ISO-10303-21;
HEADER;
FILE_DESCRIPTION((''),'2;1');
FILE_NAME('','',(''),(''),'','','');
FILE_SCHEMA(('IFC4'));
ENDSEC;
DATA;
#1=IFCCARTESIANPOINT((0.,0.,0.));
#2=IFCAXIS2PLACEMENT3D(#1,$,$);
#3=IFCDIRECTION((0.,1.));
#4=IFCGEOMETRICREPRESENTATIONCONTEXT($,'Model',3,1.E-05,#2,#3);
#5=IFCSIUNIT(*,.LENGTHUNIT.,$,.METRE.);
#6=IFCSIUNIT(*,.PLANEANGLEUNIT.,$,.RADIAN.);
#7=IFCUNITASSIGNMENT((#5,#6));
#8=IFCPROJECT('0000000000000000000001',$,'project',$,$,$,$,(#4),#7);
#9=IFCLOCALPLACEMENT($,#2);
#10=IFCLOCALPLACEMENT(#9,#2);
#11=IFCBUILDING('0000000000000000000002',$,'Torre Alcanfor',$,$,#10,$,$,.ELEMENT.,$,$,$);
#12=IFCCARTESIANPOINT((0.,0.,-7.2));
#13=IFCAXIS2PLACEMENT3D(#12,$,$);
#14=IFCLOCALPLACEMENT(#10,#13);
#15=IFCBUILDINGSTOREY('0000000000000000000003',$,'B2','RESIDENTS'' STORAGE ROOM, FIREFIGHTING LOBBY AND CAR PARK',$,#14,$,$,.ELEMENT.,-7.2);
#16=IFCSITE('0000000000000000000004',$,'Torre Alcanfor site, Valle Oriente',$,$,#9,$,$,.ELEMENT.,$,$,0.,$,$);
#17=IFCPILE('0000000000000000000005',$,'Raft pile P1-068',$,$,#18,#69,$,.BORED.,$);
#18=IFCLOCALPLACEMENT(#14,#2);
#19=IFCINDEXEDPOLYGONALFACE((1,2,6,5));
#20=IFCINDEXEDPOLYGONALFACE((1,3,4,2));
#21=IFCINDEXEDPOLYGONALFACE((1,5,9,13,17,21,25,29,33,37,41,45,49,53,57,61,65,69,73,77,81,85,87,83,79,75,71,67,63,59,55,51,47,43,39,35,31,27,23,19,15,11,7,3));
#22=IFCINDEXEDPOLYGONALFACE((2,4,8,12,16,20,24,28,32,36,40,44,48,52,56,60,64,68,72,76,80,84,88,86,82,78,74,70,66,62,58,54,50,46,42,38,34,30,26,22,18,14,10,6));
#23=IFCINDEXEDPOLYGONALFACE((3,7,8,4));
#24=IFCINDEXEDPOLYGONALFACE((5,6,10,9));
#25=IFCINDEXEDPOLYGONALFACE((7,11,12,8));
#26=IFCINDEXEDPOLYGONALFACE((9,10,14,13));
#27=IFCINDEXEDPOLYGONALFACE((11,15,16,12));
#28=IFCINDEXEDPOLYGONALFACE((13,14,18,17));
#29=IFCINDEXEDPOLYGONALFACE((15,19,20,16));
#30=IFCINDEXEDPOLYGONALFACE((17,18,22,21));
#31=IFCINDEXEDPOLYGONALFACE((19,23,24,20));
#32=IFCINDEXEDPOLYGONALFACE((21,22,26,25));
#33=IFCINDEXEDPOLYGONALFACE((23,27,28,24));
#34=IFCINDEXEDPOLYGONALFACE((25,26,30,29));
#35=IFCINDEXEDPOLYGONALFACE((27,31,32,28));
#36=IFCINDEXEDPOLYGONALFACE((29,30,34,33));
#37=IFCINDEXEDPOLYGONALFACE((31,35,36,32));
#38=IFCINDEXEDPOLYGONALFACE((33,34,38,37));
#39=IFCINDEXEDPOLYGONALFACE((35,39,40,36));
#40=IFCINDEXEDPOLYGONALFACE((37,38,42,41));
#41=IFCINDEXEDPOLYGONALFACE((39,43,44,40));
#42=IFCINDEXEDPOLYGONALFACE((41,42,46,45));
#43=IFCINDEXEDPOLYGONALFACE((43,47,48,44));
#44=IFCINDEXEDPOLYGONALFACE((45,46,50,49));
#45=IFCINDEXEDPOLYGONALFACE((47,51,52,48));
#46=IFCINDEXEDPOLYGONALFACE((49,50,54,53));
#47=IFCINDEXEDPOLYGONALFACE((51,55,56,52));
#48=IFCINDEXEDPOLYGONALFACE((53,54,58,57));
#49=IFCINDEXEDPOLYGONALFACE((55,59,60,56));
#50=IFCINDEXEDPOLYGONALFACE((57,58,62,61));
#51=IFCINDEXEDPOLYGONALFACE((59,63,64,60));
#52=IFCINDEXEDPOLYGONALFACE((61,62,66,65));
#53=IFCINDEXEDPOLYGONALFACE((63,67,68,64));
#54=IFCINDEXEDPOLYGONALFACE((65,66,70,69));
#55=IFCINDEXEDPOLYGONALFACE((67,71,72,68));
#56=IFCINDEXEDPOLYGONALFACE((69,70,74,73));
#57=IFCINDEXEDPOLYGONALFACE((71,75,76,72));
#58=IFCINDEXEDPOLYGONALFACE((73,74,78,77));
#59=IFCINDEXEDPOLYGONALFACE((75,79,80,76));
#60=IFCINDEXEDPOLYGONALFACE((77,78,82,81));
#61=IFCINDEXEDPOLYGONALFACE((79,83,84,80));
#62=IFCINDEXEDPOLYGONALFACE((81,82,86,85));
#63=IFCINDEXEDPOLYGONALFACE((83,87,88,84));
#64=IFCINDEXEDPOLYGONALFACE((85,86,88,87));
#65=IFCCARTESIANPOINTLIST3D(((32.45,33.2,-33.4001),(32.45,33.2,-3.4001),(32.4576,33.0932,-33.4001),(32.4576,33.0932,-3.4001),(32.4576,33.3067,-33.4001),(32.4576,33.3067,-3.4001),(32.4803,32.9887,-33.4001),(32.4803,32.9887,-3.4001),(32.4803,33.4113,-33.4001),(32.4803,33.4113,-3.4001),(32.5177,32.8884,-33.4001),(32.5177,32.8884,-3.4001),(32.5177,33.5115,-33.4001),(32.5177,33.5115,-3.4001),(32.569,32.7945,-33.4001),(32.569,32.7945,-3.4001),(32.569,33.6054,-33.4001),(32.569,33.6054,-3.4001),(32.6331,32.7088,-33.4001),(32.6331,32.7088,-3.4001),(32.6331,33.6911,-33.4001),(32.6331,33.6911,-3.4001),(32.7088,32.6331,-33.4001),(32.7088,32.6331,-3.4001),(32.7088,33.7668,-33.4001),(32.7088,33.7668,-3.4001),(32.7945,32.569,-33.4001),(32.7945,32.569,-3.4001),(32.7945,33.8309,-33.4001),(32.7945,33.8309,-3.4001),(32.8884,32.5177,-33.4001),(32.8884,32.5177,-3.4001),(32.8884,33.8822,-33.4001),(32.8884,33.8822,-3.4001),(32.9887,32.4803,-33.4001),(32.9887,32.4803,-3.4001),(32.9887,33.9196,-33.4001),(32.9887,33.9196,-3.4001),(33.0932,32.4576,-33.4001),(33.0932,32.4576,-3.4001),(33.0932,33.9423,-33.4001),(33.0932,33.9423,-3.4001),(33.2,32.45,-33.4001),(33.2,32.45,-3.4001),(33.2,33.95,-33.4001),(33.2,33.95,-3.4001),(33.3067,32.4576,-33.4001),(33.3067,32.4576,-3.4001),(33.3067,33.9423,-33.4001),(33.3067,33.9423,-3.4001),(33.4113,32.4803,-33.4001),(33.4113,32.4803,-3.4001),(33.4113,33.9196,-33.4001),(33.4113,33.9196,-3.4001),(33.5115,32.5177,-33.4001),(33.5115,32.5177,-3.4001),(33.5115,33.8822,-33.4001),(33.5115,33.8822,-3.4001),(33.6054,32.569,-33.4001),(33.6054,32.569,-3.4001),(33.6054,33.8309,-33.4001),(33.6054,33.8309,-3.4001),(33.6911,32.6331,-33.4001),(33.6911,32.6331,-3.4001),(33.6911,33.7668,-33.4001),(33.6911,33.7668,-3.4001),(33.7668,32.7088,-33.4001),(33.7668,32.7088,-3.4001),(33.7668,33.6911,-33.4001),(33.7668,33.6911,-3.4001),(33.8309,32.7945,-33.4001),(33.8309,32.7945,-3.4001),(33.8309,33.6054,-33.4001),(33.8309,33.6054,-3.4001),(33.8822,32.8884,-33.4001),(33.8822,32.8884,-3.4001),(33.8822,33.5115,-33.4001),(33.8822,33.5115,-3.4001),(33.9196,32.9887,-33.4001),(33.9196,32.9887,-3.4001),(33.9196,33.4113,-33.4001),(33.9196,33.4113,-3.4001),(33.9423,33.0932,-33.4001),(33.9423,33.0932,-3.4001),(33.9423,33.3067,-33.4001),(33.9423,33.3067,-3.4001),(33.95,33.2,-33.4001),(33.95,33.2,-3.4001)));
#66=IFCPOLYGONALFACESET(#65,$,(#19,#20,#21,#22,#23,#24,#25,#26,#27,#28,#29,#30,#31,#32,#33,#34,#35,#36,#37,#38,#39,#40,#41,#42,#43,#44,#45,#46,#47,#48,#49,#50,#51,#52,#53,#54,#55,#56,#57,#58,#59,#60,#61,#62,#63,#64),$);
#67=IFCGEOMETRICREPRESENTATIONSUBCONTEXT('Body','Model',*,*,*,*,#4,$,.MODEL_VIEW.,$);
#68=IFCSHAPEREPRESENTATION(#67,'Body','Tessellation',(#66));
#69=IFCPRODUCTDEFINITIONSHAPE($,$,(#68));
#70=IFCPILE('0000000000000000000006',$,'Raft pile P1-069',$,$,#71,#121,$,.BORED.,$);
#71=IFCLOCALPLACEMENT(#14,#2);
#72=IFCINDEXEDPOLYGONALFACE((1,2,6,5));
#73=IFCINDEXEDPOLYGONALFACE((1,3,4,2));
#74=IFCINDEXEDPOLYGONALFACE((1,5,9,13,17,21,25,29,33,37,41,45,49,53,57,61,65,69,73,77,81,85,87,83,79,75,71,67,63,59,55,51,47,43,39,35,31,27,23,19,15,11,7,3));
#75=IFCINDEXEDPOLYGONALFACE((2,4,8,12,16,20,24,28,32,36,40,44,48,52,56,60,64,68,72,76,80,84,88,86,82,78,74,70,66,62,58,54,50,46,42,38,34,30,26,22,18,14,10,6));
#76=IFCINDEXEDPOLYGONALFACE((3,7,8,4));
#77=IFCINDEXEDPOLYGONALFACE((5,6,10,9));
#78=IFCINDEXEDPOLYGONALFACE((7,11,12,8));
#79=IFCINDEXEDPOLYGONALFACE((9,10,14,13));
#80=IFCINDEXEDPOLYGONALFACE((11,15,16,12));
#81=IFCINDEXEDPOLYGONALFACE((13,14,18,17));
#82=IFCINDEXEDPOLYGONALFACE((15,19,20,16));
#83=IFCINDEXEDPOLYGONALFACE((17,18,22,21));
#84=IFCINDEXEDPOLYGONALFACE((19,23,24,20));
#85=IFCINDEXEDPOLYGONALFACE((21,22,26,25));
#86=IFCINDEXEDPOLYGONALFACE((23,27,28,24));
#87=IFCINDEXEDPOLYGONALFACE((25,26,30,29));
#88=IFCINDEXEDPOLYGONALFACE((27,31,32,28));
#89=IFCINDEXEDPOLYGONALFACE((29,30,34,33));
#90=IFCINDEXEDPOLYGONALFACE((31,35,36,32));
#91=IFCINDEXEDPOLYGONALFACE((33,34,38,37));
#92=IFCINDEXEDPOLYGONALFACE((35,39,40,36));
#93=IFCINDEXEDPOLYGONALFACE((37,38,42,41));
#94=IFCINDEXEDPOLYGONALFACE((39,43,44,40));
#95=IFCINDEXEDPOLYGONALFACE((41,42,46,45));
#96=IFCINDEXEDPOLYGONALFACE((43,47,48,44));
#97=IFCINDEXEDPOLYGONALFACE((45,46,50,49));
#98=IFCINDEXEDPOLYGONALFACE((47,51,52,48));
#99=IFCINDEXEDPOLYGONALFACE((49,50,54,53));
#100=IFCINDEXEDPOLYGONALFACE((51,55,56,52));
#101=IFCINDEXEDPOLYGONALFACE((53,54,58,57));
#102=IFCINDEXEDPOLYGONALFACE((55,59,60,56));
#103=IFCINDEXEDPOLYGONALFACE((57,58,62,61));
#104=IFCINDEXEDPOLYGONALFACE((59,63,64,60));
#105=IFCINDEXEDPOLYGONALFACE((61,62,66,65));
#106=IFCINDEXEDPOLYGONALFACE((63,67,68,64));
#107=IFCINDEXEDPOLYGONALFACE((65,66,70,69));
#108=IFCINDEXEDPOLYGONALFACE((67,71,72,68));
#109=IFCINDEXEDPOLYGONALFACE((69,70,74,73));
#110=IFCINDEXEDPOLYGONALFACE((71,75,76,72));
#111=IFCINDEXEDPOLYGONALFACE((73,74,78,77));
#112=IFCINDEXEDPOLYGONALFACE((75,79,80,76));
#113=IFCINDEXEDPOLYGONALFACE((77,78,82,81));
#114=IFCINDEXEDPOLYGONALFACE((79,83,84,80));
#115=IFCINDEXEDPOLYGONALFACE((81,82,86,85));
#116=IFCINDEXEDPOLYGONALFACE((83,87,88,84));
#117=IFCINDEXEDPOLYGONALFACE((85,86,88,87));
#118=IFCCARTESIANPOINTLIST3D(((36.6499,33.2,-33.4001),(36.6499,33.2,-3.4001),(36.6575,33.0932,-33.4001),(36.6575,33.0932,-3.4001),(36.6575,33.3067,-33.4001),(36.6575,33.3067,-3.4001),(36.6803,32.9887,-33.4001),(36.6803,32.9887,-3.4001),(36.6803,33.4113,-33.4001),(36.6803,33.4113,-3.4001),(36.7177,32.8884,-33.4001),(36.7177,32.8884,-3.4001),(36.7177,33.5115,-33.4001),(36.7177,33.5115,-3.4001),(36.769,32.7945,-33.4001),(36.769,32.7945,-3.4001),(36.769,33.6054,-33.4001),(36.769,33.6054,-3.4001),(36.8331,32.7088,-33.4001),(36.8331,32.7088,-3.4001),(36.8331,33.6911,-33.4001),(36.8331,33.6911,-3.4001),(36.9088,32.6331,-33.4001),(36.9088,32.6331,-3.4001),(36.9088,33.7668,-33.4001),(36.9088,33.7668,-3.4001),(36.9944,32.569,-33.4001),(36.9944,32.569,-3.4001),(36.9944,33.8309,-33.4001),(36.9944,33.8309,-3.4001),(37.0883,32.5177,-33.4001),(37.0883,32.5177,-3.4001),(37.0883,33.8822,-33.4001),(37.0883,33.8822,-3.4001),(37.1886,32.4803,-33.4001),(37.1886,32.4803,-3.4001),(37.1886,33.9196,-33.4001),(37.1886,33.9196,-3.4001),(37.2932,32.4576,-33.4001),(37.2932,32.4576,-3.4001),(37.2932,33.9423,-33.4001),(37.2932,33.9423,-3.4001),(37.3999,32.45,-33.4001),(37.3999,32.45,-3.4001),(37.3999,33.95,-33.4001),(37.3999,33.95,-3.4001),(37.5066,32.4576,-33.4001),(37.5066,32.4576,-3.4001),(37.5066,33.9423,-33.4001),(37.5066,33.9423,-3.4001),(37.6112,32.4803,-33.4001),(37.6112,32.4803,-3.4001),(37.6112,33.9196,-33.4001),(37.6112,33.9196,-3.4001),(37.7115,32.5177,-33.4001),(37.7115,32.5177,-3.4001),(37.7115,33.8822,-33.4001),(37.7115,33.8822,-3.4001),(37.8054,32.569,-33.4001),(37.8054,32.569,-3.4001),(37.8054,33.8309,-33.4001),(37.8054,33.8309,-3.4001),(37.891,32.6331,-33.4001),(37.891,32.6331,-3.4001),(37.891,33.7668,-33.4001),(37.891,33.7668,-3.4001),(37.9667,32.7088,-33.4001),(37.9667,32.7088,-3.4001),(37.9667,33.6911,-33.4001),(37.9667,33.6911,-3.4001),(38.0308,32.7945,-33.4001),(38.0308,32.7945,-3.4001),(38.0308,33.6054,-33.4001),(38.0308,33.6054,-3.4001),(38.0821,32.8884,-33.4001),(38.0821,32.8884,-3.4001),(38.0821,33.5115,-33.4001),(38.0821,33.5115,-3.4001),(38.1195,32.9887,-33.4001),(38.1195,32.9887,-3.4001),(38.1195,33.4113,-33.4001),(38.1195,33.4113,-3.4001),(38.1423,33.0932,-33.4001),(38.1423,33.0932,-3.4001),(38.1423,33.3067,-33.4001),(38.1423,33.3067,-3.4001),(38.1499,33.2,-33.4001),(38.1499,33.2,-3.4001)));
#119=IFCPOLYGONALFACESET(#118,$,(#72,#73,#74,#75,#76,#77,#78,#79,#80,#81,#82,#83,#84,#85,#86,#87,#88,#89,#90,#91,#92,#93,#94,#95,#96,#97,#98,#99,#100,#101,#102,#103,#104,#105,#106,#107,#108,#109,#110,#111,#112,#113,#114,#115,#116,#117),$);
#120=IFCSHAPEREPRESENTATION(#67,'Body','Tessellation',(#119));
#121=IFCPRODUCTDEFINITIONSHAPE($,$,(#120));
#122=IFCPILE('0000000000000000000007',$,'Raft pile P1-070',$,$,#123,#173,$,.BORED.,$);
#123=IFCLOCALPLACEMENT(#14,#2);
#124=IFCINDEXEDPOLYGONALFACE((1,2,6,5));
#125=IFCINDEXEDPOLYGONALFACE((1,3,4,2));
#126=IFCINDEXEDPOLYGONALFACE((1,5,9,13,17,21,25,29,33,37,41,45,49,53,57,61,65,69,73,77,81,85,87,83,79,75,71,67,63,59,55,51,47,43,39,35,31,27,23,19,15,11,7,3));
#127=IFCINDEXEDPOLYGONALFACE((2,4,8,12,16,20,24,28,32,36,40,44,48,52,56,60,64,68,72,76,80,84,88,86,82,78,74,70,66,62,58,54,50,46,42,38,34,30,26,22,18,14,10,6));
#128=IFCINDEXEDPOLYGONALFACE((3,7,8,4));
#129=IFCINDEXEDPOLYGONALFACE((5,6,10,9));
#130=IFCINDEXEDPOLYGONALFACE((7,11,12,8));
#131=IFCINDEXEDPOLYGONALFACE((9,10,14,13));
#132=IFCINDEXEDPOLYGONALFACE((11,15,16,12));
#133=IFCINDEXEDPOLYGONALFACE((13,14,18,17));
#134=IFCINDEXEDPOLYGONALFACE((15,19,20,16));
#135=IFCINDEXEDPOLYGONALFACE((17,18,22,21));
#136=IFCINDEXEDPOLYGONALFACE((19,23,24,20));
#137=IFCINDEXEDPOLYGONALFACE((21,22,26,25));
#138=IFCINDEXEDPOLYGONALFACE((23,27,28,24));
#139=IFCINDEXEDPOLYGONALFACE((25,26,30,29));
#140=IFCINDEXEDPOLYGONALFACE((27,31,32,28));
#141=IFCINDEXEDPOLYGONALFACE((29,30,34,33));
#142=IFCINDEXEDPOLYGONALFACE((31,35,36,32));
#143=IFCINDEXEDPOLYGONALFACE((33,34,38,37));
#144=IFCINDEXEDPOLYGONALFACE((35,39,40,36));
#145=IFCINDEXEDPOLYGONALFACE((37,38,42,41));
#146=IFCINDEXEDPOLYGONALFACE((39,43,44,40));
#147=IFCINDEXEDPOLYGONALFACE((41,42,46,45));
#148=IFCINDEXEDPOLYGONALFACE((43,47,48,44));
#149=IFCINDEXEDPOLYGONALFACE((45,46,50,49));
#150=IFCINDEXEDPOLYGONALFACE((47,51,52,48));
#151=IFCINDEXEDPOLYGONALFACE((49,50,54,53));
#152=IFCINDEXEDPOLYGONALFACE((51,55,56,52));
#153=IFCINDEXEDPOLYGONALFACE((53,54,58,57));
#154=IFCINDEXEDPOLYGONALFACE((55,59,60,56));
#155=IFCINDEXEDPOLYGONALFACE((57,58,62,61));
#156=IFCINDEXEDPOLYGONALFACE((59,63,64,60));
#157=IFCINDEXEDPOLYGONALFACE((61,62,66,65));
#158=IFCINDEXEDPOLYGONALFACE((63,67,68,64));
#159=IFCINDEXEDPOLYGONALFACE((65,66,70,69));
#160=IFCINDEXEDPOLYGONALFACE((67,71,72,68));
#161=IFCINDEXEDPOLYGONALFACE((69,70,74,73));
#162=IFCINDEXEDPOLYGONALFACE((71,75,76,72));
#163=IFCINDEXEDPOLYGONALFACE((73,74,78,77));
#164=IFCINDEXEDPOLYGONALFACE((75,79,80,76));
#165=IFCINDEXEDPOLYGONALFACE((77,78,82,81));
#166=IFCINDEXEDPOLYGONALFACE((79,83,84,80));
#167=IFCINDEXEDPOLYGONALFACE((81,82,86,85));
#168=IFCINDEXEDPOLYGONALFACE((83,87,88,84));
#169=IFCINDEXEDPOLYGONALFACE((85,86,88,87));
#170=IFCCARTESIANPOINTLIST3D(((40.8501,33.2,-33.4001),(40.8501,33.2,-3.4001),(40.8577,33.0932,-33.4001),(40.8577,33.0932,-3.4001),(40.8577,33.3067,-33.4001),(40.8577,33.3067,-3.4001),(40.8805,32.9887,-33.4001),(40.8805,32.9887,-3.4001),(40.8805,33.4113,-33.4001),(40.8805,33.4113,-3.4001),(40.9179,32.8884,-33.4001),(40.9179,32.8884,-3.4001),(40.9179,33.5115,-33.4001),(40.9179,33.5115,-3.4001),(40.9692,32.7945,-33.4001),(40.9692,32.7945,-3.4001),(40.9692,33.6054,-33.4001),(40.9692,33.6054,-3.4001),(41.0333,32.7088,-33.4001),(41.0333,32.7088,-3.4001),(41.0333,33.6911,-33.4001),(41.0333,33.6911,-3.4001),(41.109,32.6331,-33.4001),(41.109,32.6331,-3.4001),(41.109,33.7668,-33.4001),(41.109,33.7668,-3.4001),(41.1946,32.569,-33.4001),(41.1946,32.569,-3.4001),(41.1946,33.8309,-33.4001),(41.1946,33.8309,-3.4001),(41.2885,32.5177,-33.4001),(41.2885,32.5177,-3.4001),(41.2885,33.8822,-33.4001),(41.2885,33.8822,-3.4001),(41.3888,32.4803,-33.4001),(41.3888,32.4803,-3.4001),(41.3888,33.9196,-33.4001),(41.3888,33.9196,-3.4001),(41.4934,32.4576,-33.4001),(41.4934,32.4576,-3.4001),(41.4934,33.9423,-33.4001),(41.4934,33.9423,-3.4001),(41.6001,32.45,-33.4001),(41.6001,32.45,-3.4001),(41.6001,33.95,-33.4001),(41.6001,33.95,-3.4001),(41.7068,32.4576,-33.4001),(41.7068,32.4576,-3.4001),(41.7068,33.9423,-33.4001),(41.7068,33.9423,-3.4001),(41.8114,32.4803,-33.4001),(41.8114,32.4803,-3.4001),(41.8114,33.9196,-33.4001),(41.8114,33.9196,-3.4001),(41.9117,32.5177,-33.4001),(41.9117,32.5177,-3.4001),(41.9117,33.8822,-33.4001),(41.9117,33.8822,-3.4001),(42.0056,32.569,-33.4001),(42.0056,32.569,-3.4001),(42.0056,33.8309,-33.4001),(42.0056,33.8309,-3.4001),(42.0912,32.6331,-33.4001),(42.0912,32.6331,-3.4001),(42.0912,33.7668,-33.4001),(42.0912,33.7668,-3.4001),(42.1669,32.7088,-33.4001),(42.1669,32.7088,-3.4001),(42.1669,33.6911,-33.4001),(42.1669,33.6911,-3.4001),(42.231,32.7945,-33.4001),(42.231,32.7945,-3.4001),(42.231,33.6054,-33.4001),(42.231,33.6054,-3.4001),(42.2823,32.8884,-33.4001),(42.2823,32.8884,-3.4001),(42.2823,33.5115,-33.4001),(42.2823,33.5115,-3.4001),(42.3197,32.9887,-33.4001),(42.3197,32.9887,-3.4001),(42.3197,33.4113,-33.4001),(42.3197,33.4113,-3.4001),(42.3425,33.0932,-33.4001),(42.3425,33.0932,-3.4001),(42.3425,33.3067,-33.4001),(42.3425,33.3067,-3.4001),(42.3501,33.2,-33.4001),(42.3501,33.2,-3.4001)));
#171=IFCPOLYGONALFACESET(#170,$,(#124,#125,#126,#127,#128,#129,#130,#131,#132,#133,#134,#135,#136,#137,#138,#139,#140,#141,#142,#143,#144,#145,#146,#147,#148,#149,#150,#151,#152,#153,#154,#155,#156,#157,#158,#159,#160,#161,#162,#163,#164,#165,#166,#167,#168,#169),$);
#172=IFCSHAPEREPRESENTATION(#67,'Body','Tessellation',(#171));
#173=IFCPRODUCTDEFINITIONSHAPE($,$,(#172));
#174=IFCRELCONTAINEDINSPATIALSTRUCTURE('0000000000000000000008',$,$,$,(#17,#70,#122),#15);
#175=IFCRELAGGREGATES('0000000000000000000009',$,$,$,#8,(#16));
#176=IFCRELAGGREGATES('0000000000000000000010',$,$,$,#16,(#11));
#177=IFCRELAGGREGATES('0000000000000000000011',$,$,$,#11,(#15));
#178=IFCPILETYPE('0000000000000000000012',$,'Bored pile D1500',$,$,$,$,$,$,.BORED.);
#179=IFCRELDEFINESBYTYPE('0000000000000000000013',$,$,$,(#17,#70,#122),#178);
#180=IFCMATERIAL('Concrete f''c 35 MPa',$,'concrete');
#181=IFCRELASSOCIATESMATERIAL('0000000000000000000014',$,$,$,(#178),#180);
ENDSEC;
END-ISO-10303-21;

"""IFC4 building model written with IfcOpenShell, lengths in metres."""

from ifc_helpers import new_model, si_unit, direction, frame, origin, origin_2d, place, context, subcontext, project, spatial, circle, extrude, material, material_profile, profile_set, type_object, element, save


model = new_model("IFC4")

# Units and contexts
model_context = context("Model", 3, precision=1e-05, world=origin(), true_north=direction((0.0, 1.0)))
body_context = subcontext(model_context, "Body", "Model", "MODEL_VIEW")
ifc_project = project(units=[si_unit("LENGTHUNIT", "METRE"), si_unit("PLANEANGLEUNIT", "RADIAN")], contexts=[model_context])

# Site, building, storey
site_placement = place(None, origin())
site = spatial("IfcSite", under=ifc_project, at=site_placement, Name="Torre Alcanfor site, Valle Oriente", CompositionType="ELEMENT", RefElevation=0.0)
building_placement = place(site_placement, origin())
building = spatial("IfcBuilding", under=site, at=building_placement, Name="Torre Alcanfor", CompositionType="ELEMENT")
storey_placement = place(building_placement, frame((0.0, 0.0, -7.2)))
storey = spatial("IfcBuildingStorey", under=building, at=storey_placement, Name="B2", Description="RESIDENTS' STORAGE ROOM, FIREFIGHTING LOBBY AND CAR PARK", CompositionType="ELEMENT", Elevation=-7.2)

# Piles
ifc_material_1 = material(Name="Concrete f'c 35 MPa", Category="concrete")
ifc_material_profile_1 = material_profile(ifc_material_1, circle(Radius=0.75, at=origin_2d()), Name="D1500")
ifc_profile_set_1 = profile_set([ifc_material_profile_1], Name="Concrete f'c 35 MPa")
pile_type = type_object("IfcPileType", Name="Bored pile D1500", PredefinedType="BORED", material=ifc_profile_set_1)
for number, where, z_axis, x_axis, name in (
    (1, (33.2, 33.2, -3.4001), (0.0, 0.0, -1.0), (1.0, 0.0, 0.0), "Raft pile P1-068"),
    (2, (37.3999, 33.2, -3.4001), (0.0, 0.0, -1.0), (1.0, 0.0, 0.0), "Raft pile P1-069"),
    (3, (41.6001, 33.2, -3.4001), (0.0, 0.0, -1.0), (1.0, 0.0, 0.0), "Raft pile P1-070"),
):
    element("IfcPile", number, at=place(storey_placement, frame(where, z_axis=z_axis, x_axis=x_axis)), inside=storey, type_object=pile_type, Name=name, PredefinedType="BORED", context=body_context, shape_type="SweptSolid", body=[
        extrude(circle(Radius=0.75, at=origin_2d()), origin(), (0.0, 0.0, 1.0), 30.0),
    ])

save(model, "model.ifc")
